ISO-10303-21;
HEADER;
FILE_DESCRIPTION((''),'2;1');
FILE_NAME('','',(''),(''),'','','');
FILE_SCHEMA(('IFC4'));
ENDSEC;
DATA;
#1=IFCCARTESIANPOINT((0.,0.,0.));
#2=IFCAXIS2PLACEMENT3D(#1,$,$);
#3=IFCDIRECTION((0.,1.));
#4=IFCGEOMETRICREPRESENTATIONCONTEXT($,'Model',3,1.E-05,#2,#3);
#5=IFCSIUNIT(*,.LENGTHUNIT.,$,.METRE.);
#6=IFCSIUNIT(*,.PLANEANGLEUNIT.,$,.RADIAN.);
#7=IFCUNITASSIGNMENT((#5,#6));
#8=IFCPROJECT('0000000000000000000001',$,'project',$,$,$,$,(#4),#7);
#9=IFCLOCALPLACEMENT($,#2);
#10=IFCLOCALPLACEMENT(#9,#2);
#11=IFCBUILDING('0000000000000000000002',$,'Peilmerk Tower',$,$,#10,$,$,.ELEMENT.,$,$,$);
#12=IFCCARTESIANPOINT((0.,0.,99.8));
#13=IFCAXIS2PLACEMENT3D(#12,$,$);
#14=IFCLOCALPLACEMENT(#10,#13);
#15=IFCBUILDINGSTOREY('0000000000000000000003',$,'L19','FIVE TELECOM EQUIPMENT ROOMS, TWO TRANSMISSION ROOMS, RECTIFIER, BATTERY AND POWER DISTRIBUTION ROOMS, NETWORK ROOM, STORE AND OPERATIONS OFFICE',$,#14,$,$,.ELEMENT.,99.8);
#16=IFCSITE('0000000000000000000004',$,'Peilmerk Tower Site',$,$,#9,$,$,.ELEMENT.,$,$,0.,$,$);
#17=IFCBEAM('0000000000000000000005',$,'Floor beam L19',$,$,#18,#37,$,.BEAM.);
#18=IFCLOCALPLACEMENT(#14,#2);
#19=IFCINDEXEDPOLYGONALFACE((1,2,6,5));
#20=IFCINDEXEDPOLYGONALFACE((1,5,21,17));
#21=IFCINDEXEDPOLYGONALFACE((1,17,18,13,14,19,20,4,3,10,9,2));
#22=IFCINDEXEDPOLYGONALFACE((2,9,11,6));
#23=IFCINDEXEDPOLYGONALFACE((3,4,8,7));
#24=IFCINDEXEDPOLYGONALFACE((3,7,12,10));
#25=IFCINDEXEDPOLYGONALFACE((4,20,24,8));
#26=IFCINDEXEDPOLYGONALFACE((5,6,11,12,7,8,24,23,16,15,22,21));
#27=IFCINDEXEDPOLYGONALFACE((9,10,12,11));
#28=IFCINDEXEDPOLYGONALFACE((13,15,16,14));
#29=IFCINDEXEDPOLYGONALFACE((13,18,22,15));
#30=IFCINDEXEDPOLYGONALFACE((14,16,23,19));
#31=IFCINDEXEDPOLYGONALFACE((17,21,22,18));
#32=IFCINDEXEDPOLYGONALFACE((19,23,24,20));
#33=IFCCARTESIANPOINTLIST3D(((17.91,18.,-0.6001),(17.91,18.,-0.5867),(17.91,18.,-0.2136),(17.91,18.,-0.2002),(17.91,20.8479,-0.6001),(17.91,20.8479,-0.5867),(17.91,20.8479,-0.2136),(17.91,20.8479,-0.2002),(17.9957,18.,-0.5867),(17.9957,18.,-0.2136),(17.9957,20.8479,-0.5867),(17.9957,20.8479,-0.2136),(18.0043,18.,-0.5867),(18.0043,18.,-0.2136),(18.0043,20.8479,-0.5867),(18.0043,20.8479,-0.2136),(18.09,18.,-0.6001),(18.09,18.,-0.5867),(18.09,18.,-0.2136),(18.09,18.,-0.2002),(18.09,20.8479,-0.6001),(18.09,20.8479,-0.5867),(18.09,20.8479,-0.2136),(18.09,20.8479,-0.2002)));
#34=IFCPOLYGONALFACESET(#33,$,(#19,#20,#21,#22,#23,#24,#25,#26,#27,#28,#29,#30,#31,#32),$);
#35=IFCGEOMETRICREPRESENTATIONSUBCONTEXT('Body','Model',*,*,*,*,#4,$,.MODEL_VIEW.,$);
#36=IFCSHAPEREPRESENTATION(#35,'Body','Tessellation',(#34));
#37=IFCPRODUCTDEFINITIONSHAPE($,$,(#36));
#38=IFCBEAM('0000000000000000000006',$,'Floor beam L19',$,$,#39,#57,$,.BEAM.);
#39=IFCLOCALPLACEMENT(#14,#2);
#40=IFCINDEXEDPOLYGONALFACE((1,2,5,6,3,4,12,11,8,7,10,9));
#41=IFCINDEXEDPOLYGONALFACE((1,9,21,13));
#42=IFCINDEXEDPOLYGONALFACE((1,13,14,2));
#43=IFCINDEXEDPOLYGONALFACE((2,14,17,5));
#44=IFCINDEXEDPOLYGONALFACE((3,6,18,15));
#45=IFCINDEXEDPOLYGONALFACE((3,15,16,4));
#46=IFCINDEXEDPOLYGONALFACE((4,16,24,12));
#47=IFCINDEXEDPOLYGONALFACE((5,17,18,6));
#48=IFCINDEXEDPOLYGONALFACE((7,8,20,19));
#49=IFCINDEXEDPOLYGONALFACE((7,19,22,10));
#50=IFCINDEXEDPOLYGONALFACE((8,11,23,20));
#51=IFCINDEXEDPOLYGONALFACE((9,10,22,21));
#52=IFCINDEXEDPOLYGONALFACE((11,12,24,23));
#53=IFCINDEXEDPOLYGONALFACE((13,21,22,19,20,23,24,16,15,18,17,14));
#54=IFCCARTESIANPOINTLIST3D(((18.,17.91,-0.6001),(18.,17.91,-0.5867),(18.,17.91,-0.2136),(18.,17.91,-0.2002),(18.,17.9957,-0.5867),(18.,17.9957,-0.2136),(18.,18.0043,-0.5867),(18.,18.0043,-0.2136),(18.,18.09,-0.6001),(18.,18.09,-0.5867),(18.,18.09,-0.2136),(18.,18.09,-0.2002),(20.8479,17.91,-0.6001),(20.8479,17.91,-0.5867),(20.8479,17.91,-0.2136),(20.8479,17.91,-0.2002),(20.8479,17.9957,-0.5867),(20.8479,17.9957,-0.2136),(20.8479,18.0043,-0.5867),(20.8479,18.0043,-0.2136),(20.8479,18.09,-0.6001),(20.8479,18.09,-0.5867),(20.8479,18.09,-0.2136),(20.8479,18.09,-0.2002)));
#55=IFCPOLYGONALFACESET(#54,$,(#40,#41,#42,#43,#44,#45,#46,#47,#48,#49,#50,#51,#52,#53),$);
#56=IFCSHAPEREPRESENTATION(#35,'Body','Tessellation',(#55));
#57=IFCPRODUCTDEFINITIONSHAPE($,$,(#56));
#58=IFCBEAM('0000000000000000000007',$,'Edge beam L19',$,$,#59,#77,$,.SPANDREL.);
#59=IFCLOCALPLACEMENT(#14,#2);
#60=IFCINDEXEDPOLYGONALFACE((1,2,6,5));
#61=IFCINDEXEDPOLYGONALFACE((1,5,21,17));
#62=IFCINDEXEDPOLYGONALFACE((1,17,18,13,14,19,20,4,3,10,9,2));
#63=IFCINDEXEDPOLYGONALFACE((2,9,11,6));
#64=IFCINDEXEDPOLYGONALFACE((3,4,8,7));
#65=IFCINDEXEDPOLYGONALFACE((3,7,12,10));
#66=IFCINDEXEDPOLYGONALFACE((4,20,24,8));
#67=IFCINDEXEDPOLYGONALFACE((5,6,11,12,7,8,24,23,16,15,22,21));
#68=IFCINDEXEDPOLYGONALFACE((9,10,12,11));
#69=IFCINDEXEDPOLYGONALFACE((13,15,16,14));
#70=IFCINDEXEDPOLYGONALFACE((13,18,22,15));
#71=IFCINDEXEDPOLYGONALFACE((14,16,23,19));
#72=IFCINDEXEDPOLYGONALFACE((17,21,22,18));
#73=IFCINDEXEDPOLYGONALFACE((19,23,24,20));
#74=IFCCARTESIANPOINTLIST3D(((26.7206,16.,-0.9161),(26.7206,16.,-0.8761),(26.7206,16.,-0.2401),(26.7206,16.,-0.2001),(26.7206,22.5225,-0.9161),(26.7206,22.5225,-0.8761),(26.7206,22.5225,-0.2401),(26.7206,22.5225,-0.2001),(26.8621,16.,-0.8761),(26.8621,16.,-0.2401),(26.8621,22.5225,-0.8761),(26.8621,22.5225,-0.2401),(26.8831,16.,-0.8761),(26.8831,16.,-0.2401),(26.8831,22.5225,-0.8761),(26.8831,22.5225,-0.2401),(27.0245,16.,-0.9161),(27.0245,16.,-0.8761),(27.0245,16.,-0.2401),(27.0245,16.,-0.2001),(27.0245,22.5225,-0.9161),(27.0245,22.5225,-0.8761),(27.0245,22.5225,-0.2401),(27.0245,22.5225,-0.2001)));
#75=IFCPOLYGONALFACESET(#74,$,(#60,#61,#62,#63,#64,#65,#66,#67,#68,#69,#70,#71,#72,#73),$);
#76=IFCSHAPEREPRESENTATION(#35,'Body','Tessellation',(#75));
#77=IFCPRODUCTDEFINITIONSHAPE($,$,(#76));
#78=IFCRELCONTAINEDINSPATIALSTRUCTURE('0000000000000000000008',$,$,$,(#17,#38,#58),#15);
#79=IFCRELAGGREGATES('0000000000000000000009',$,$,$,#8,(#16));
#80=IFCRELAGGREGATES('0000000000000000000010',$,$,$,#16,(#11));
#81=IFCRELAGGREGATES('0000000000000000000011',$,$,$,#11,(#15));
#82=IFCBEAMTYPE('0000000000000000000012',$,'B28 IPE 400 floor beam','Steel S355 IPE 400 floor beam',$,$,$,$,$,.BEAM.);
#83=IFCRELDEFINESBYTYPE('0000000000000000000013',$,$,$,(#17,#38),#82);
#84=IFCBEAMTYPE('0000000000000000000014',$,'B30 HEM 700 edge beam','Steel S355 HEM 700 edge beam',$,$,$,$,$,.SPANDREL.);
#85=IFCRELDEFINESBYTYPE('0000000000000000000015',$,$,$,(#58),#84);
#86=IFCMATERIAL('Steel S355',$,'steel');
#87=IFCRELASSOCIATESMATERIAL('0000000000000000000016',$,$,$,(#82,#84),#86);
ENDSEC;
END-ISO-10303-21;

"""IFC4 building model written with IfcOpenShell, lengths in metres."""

from ifc_helpers import new_model, si_unit, direction, frame, origin, origin_2d, place, context, subcontext, project, spatial, i_section, extrude, material, material_profile, profile_set, type_object, element, save


model = new_model("IFC4")

# Units and contexts
model_context = context("Model", 3, precision=1e-05, world=origin(), true_north=direction((0.0, 1.0)))
body_context = subcontext(model_context, "Body", "Model", "MODEL_VIEW")
ifc_project = project(units=[si_unit("LENGTHUNIT", "METRE"), si_unit("PLANEANGLEUNIT", "RADIAN")], contexts=[model_context])

# Site, building, storey
site_placement = place(None, origin())
site = spatial("IfcSite", under=ifc_project, at=site_placement, Name="Peilmerk Tower Site", CompositionType="ELEMENT", RefElevation=0.0)
building_placement = place(site_placement, origin())
building = spatial("IfcBuilding", under=site, at=building_placement, Name="Peilmerk Tower", CompositionType="ELEMENT")
storey_placement = place(building_placement, frame((0.0, 0.0, 99.8)))
storey = spatial("IfcBuildingStorey", under=building, at=storey_placement, Name="L19", Description="FIVE TELECOM EQUIPMENT ROOMS, TWO TRANSMISSION ROOMS, RECTIFIER, BATTERY AND POWER DISTRIBUTION ROOMS, NETWORK ROOM, STORE AND OPERATIONS OFFICE", CompositionType="ELEMENT", Elevation=99.8)

# Beams
ifc_material_1 = material(Name="Steel S355", Category="steel")
ifc_material_profile_1 = material_profile(ifc_material_1, i_section(OverallWidth=0.1799, OverallDepth=0.3999, WebThickness=0.0085, FlangeThickness=0.0134, at=origin_2d()), Name="IPE 400")
ifc_profile_set_1 = profile_set([ifc_material_profile_1], Name="Steel S355")
beam_type_1 = type_object("IfcBeamType", Name="B28 IPE 400 floor beam", Description="Steel S355 IPE 400 floor beam", PredefinedType="BEAM", material=ifc_profile_set_1)
for number, where, z_axis, x_axis, name in (
    (1, (18.0, 18.0, -0.4001), (0.0, 1.0, 0.0), (-1.0, 0.0, 0.0), "Floor beam L19"),
    (2, (18.0, 18.0, -0.4001), (1.0, 0.0, 0.0), (0.0, 1.0, 0.0), "Floor beam L19"),
):
    element("IfcBeam", number, at=place(storey_placement, frame(where, z_axis=z_axis, x_axis=x_axis)), inside=storey, type_object=beam_type_1, Name=name, PredefinedType="BEAM", context=body_context, shape_type="SweptSolid", body=[
        extrude(i_section(OverallWidth=0.1799, OverallDepth=0.3999, WebThickness=0.0085, FlangeThickness=0.0134, at=origin_2d()), origin(), (0.0, 0.0, 1.0), 2.8479),
    ])
ifc_material_profile_2 = material_profile(ifc_material_1, i_section(OverallWidth=0.304, OverallDepth=0.7161, WebThickness=0.021, FlangeThickness=0.04, at=origin_2d()), Name="HEM 700")
ifc_profile_set_2 = profile_set([ifc_material_profile_2], Name="Steel S355")
beam_type_2 = type_object("IfcBeamType", Name="B30 HEM 700 edge beam", Description="Steel S355 HEM 700 edge beam", PredefinedType="SPANDREL", material=ifc_profile_set_2)
beam_1_placement = place(storey_placement, frame((26.8726, 16.0, -0.5581), z_axis=(0.0, 1.0, 0.0), x_axis=(-1.0, 0.0, 0.0)))
element("IfcBeam", 3, at=beam_1_placement, inside=storey, type_object=beam_type_2, Name="Edge beam L19", PredefinedType="SPANDREL", context=body_context, shape_type="SweptSolid", body=[
    extrude(i_section(OverallWidth=0.304, OverallDepth=0.7161, WebThickness=0.021, FlangeThickness=0.04, at=origin_2d()), origin(), (0.0, 0.0, 1.0), 6.5225),
])

save(model, "model.ifc")
